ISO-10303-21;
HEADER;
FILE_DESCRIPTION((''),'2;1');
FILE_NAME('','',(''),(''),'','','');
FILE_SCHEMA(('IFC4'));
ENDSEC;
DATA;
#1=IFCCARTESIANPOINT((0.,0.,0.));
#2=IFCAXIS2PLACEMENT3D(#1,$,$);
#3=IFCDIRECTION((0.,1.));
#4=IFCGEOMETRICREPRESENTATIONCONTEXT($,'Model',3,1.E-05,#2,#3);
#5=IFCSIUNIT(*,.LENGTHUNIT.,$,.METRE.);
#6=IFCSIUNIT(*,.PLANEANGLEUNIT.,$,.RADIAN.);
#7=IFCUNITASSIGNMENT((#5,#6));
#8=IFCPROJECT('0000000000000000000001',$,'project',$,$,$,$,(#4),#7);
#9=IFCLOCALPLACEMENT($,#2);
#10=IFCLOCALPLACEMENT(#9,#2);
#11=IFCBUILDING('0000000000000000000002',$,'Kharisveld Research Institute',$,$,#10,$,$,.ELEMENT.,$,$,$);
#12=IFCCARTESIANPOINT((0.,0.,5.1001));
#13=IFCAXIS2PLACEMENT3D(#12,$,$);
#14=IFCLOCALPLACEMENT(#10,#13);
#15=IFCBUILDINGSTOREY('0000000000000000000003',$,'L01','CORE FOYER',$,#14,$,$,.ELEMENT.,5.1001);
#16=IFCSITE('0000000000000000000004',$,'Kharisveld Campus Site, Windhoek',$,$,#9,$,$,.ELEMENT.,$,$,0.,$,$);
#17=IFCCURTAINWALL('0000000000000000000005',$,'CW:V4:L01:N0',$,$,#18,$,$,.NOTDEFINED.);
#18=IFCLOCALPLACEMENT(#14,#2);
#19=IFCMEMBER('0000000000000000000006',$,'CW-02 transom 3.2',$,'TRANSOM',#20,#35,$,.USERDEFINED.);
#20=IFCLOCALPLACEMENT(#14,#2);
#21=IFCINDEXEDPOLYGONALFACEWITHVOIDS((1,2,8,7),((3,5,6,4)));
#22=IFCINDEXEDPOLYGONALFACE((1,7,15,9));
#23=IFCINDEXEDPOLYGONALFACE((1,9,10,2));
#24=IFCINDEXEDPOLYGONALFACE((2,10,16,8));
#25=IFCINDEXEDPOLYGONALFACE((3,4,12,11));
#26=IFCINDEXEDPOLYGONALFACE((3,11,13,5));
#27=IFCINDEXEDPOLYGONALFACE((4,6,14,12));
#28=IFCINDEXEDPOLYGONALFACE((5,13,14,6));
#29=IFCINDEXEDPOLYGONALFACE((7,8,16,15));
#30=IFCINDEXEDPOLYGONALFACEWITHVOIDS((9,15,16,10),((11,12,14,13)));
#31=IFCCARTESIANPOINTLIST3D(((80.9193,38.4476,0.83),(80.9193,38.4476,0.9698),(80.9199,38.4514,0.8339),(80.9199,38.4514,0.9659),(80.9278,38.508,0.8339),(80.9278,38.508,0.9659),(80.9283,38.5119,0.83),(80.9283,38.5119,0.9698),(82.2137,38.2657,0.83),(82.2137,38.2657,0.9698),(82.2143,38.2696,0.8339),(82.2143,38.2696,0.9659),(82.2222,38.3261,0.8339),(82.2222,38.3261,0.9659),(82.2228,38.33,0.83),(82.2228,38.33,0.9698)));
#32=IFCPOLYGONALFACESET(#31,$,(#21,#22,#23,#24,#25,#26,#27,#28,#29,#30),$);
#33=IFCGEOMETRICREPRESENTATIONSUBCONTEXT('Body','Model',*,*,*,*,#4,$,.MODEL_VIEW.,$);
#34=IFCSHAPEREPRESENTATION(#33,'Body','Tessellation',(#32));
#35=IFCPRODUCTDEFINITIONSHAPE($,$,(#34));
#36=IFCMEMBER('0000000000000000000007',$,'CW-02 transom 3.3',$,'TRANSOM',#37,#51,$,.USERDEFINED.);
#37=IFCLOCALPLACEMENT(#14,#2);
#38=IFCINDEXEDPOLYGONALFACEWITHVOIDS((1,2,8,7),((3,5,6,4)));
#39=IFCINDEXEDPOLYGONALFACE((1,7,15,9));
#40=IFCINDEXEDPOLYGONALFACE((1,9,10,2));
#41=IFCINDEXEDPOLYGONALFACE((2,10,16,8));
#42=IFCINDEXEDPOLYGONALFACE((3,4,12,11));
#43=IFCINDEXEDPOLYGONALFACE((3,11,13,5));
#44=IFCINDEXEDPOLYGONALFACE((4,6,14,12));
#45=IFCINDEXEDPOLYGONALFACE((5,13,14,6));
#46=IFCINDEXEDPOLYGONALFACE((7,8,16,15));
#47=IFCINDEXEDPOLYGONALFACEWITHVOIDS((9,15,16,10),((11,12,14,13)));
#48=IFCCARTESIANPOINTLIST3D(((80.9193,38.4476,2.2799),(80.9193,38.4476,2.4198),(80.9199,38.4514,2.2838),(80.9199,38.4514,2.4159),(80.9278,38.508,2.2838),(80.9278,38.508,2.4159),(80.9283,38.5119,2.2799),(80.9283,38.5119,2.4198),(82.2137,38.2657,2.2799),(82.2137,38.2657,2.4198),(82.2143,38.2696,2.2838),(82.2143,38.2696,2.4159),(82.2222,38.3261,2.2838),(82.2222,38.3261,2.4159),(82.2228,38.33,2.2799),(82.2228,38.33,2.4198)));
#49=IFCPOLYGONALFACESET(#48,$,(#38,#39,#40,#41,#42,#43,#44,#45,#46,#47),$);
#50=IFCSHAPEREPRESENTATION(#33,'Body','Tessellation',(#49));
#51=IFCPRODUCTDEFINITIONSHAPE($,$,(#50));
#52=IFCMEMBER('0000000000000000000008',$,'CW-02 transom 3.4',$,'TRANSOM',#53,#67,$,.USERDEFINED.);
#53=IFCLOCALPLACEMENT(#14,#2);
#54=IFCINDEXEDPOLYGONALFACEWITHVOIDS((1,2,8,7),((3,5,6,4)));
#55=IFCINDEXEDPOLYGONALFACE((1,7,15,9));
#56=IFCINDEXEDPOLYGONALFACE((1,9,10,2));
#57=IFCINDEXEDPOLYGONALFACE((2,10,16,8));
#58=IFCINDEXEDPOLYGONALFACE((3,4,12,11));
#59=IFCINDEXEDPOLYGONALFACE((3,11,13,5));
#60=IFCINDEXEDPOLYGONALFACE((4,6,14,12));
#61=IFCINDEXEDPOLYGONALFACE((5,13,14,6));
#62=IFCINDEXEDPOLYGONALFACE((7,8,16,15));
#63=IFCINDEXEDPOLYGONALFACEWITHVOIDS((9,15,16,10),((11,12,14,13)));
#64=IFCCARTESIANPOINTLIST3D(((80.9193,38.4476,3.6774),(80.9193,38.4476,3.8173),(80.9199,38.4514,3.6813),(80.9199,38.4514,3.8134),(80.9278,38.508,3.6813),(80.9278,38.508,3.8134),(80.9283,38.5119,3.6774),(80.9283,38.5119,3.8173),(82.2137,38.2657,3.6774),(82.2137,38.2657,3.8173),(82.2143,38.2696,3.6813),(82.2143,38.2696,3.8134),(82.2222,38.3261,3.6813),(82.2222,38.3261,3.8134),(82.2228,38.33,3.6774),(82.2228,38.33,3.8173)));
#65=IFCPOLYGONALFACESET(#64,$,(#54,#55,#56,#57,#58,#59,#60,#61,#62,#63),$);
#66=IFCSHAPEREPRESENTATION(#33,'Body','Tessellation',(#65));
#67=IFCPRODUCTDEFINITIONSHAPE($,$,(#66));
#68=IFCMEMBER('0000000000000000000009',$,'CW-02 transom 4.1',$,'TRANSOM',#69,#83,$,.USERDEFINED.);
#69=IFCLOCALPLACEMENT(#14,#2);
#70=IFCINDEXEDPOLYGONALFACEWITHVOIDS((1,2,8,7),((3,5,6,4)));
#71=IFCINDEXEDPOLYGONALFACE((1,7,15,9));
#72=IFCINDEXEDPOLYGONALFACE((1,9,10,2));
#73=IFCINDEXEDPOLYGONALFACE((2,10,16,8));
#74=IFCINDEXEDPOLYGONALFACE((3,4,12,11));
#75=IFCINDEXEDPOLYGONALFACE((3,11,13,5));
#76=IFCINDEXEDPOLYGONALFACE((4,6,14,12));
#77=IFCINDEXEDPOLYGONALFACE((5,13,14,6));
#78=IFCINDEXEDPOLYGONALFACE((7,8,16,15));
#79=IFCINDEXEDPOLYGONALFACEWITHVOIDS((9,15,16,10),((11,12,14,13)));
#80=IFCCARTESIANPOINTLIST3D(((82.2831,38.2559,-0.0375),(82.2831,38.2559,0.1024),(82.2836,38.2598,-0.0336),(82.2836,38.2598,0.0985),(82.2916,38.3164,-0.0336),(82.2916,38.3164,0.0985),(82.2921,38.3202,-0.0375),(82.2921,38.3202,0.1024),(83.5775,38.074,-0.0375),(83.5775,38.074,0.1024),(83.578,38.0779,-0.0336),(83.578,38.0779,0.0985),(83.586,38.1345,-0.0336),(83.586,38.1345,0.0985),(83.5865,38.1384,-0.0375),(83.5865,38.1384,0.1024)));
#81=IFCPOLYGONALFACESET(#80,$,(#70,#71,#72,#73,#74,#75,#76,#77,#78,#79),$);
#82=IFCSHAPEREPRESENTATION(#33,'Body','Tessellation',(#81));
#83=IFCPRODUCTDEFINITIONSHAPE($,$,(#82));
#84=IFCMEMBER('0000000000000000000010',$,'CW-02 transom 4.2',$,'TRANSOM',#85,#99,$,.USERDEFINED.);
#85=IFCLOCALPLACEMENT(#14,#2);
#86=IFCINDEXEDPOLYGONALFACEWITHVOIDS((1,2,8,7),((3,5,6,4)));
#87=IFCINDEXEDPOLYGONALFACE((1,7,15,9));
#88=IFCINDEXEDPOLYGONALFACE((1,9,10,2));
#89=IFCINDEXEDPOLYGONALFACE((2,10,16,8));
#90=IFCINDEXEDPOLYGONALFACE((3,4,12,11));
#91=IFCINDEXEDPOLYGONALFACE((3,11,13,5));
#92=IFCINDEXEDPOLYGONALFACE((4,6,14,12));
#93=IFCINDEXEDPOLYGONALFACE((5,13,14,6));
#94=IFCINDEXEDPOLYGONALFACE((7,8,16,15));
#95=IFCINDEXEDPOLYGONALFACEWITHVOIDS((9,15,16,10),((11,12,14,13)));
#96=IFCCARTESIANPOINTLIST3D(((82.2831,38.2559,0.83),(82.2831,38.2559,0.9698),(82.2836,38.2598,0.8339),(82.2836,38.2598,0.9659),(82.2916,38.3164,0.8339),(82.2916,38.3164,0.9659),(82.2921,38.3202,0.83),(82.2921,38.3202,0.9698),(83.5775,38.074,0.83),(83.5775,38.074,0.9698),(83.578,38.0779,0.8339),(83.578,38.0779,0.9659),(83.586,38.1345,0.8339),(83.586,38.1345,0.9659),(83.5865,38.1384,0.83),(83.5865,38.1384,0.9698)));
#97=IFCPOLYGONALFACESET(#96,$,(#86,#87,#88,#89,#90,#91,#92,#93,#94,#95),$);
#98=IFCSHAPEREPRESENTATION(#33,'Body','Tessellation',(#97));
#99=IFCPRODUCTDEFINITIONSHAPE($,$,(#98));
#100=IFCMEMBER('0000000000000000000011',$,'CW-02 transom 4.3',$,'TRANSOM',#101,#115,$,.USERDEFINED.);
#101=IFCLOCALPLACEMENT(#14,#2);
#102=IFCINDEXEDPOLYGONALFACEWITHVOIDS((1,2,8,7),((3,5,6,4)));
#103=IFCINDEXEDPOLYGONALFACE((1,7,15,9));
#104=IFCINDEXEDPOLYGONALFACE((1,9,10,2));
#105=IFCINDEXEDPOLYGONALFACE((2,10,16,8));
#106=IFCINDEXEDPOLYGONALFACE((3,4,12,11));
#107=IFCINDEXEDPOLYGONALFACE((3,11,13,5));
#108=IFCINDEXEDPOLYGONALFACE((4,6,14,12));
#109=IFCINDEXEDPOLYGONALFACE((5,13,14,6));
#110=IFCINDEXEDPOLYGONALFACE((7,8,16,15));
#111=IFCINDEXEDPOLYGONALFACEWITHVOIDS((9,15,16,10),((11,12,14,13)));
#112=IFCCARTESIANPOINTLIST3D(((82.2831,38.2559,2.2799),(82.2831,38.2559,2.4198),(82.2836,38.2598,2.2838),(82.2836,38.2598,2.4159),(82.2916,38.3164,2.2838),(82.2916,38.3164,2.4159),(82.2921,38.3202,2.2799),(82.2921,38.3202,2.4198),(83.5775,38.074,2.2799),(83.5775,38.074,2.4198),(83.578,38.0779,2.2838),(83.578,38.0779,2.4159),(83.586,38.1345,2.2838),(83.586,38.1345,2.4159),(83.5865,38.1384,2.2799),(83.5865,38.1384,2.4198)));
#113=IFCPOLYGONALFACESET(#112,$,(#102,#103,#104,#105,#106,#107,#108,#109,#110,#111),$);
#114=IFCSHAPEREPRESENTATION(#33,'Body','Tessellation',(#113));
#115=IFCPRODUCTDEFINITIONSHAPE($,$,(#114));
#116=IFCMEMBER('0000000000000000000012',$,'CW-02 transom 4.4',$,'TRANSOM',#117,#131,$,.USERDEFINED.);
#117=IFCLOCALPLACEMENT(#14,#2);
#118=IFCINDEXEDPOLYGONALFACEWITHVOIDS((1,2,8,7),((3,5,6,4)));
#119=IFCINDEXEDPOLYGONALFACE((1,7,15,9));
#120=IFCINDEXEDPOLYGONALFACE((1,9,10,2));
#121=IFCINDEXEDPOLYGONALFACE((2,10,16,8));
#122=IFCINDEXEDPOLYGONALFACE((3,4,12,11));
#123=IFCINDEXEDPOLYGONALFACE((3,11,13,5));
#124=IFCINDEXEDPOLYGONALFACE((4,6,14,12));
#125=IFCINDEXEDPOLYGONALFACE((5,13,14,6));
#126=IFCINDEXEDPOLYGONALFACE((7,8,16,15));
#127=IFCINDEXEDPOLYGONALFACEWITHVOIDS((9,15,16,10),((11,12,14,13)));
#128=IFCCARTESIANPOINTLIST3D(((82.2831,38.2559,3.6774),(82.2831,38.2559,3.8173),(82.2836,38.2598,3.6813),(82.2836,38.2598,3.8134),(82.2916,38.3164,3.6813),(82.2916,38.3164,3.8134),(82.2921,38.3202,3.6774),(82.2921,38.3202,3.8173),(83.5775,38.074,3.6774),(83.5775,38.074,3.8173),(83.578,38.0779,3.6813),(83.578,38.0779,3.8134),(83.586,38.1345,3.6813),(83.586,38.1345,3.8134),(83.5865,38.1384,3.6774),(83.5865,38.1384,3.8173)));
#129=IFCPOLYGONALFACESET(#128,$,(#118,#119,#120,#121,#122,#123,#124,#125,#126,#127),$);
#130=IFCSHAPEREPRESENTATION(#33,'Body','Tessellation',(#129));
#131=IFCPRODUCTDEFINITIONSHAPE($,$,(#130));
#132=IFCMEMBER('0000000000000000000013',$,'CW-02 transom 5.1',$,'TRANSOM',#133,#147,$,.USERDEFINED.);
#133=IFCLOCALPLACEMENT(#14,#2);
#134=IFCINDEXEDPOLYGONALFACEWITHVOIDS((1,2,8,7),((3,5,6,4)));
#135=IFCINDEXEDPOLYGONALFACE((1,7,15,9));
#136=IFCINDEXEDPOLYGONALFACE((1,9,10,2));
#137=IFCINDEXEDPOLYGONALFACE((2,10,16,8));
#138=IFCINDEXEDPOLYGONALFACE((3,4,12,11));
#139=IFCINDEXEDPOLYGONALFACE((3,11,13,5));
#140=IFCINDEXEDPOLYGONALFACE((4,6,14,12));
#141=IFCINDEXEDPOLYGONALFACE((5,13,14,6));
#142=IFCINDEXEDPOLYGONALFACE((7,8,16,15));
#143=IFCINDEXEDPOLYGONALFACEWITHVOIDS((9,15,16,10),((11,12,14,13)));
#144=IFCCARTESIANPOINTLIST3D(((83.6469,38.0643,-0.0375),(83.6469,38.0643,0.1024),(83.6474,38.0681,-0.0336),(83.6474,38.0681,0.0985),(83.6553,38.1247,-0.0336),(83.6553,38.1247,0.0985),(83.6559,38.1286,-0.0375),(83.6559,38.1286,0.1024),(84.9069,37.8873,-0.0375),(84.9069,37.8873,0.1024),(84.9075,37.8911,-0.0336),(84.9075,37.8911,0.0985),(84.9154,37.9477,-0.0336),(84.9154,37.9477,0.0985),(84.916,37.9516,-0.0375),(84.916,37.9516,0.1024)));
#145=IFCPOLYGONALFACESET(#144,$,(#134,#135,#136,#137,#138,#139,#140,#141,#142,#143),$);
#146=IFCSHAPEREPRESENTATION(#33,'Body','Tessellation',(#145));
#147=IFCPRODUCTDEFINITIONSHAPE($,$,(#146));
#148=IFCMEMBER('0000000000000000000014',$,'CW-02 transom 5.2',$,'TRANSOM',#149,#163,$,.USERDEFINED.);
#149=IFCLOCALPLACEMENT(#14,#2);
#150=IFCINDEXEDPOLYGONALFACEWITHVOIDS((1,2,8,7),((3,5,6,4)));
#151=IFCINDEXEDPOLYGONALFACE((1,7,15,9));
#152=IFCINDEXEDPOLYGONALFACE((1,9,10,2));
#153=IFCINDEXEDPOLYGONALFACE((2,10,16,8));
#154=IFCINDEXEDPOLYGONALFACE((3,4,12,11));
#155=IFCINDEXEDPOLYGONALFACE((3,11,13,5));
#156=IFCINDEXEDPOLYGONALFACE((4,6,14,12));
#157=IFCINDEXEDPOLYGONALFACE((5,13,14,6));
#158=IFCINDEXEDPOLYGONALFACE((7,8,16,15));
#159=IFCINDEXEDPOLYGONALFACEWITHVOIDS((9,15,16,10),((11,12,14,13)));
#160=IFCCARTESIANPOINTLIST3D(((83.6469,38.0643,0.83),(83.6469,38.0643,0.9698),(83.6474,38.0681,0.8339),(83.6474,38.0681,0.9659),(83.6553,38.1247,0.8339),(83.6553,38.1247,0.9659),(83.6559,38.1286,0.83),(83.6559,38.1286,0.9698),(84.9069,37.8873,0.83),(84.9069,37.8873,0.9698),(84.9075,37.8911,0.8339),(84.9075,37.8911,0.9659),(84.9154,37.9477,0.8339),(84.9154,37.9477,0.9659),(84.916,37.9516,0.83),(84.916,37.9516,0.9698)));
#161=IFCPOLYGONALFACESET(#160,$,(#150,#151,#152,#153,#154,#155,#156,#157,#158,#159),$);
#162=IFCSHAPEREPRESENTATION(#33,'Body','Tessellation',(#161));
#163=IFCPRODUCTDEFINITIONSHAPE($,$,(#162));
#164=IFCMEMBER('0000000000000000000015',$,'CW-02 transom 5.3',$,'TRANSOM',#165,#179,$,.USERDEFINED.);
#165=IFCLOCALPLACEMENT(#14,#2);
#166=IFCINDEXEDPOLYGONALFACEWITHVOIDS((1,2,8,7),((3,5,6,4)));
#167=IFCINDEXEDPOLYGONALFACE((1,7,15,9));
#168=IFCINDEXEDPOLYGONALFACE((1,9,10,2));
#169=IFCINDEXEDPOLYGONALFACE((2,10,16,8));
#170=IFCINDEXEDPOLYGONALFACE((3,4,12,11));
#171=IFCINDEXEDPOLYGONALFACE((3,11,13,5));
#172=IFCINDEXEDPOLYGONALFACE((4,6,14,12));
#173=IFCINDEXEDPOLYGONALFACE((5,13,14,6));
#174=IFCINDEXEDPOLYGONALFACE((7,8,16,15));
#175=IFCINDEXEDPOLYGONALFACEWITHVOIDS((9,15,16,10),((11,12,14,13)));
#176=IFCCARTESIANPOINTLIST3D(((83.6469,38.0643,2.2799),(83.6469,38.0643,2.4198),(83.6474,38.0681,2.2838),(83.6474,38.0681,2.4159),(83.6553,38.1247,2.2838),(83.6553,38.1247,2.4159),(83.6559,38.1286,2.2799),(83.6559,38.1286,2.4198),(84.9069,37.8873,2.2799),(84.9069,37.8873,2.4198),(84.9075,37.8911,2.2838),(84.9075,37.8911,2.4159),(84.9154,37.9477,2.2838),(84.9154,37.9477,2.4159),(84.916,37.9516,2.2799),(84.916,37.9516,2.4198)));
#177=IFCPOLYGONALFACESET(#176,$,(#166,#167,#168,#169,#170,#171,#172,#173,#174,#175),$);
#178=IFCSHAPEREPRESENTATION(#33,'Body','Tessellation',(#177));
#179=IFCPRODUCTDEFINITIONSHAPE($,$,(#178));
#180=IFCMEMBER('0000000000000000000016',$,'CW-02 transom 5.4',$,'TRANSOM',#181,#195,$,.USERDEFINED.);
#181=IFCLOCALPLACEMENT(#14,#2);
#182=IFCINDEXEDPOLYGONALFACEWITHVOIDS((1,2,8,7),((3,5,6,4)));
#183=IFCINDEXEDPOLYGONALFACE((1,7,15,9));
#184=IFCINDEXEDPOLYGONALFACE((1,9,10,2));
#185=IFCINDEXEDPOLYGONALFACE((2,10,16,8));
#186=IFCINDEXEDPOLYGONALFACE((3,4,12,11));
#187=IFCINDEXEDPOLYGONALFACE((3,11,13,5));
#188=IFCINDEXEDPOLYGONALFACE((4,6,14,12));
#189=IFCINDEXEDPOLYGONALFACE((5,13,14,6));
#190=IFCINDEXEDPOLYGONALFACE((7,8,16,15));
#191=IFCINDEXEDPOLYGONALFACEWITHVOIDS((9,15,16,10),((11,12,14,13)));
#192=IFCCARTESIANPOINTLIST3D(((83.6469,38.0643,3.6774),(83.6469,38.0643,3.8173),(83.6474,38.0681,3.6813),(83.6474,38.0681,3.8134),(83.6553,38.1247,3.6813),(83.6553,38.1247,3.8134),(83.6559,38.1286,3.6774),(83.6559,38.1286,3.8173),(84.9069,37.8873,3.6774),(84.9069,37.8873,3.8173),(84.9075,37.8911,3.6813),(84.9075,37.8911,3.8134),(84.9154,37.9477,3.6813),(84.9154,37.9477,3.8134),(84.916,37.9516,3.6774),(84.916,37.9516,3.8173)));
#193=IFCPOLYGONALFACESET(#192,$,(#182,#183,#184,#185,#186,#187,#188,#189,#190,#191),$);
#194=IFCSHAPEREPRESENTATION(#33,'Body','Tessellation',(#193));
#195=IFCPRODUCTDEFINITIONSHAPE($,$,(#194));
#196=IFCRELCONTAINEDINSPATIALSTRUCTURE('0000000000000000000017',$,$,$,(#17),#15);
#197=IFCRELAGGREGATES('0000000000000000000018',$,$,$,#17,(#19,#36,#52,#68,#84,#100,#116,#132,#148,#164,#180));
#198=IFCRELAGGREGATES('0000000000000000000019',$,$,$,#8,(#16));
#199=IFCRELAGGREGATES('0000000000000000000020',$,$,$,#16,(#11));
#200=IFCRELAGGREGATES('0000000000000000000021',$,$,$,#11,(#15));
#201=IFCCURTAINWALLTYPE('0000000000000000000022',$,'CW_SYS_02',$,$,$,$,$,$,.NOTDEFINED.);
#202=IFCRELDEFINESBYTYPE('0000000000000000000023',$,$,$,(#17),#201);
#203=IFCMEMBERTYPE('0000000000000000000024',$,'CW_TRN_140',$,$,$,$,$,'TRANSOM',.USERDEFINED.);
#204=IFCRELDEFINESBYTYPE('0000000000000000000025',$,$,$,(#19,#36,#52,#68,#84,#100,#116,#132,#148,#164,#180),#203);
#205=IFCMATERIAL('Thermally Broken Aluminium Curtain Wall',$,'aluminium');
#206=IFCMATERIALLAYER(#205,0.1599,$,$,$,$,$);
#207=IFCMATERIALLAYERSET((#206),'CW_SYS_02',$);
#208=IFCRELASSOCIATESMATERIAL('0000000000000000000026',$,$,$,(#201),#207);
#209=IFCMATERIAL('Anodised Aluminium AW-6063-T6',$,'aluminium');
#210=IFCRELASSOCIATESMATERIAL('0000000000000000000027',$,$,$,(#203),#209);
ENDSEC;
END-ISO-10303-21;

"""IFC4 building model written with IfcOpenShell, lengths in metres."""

from ifc_helpers import new_model, si_unit, direction, frame, origin, origin_2d, place, context, subcontext, project, spatial, hollow_rectangle, extrude, material, layer, layer_set, material_profile, profile_set, type_object, element, aggregate, save


model = new_model("IFC4")

# Units and contexts
model_context = context("Model", 3, precision=1e-05, world=origin(), true_north=direction((0.0, 1.0)))
body_context = subcontext(model_context, "Body", "Model", "MODEL_VIEW")
ifc_project = project(units=[si_unit("LENGTHUNIT", "METRE"), si_unit("PLANEANGLEUNIT", "RADIAN")], contexts=[model_context])

# Site, building, storey
site_placement = place(None, origin())
site = spatial("IfcSite", under=ifc_project, at=site_placement, Name="Kharisveld Campus Site, Windhoek", CompositionType="ELEMENT", RefElevation=0.0)
building_placement = place(site_placement, origin())
building = spatial("IfcBuilding", under=site, at=building_placement, Name="Kharisveld Research Institute", CompositionType="ELEMENT")
storey_placement = place(building_placement, frame((0.0, 0.0, 5.1001)))
storey = spatial("IfcBuildingStorey", under=building, at=storey_placement, Name="L01", Description="CORE FOYER", CompositionType="ELEMENT", Elevation=5.1001)

# Curtain wall
ifc_material_1 = material(Name="Thermally Broken Aluminium Curtain Wall", Category="aluminium")
ifc_layer_1 = layer(ifc_material_1, 0.1599)
ifc_layer_set_1 = layer_set([ifc_layer_1], Name="CW_SYS_02")
curtain_wall_type_1 = type_object("IfcCurtainWallType", Name="CW_SYS_02", PredefinedType="NOTDEFINED", material=ifc_layer_set_1)
curtain_wall_1_placement = place(storey_placement, origin())
curtain_wall_1 = element("IfcCurtainWall", 1, at=curtain_wall_1_placement, inside=storey, type_object=curtain_wall_type_1, Name="CW:V4:L01:N0", PredefinedType="NOTDEFINED")

# Members
ifc_material_2 = material(Name="Anodised Aluminium AW-6063-T6", Category="aluminium")
ifc_material_profile_1 = material_profile(ifc_material_2, hollow_rectangle(XDim=0.0649, YDim=0.1399, WallThickness=0.0039, at=origin_2d()))
ifc_profile_set_1 = profile_set([ifc_material_profile_1], Name="Anodised Aluminium AW-6063-T6")
member_type_1 = type_object("IfcMemberType", Name="CW_TRN_140", ElementType="TRANSOM", PredefinedType="USERDEFINED", material=ifc_profile_set_1)
member_1_placement = place(storey_placement, frame((80.9238, 38.4797, 0.8999), z_axis=(0.990272, -0.139146, 0.0), x_axis=(0.139146, 0.990272, 0.0)))
member_1 = element("IfcMember", 2, at=member_1_placement, type_object=member_type_1, Name="CW-02 transom 3.2", ObjectType="TRANSOM", PredefinedType="USERDEFINED", context=body_context, shape_type="SweptSolid", body=[
    extrude(hollow_rectangle(XDim=0.0649, YDim=0.1399, WallThickness=0.0039, at=origin_2d()), origin(), (0.0, 0.0, 1.0), 1.3071),
])
member_2_placement = place(storey_placement, frame((80.9238, 38.4797, 2.3499), z_axis=(0.990272, -0.139146, 0.0), x_axis=(0.139146, 0.990272, 0.0)))
member_2 = element("IfcMember", 3, at=member_2_placement, type_object=member_type_1, Name="CW-02 transom 3.3", ObjectType="TRANSOM", PredefinedType="USERDEFINED", context=body_context, shape_type="SweptSolid", body=[
    extrude(hollow_rectangle(XDim=0.0649, YDim=0.1399, WallThickness=0.0039, at=origin_2d()), origin(), (0.0, 0.0, 1.0), 1.3071),
])
member_3_placement = place(storey_placement, frame((80.9238, 38.4797, 3.7473), z_axis=(0.990272, -0.139146, 0.0), x_axis=(0.139146, 0.990272, 0.0)))
member_3 = element("IfcMember", 4, at=member_3_placement, type_object=member_type_1, Name="CW-02 transom 3.4", ObjectType="TRANSOM", PredefinedType="USERDEFINED", context=body_context, shape_type="SweptSolid", body=[
    extrude(hollow_rectangle(XDim=0.0649, YDim=0.1399, WallThickness=0.0039, at=origin_2d()), origin(), (0.0, 0.0, 1.0), 1.3071),
])
member_4_placement = place(storey_placement, frame((82.2876, 38.2881, 0.0325), z_axis=(0.990272, -0.139146, 0.0), x_axis=(0.139146, 0.990272, 0.0)))
member_4 = element("IfcMember", 5, at=member_4_placement, type_object=member_type_1, Name="CW-02 transom 4.1", ObjectType="TRANSOM", PredefinedType="USERDEFINED", context=body_context, shape_type="SweptSolid", body=[
    extrude(hollow_rectangle(XDim=0.0649, YDim=0.1399, WallThickness=0.0039, at=origin_2d()), origin(), (0.0, 0.0, 1.0), 1.3071),
])
member_5_placement = place(storey_placement, frame((82.2876, 38.2881, 0.8999), z_axis=(0.990272, -0.139146, 0.0), x_axis=(0.139146, 0.990272, 0.0)))
member_5 = element("IfcMember", 6, at=member_5_placement, type_object=member_type_1, Name="CW-02 transom 4.2", ObjectType="TRANSOM", PredefinedType="USERDEFINED", context=body_context, shape_type="SweptSolid", body=[
    extrude(hollow_rectangle(XDim=0.0649, YDim=0.1399, WallThickness=0.0039, at=origin_2d()), origin(), (0.0, 0.0, 1.0), 1.3071),
])
member_6_placement = place(storey_placement, frame((82.2876, 38.2881, 2.3499), z_axis=(0.990272, -0.139146, 0.0), x_axis=(0.139146, 0.990272, 0.0)))
member_6 = element("IfcMember", 7, at=member_6_placement, type_object=member_type_1, Name="CW-02 transom 4.3", ObjectType="TRANSOM", PredefinedType="USERDEFINED", context=body_context, shape_type="SweptSolid", body=[
    extrude(hollow_rectangle(XDim=0.0649, YDim=0.1399, WallThickness=0.0039, at=origin_2d()), origin(), (0.0, 0.0, 1.0), 1.3071),
])
member_7_placement = place(storey_placement, frame((82.2876, 38.2881, 3.7473), z_axis=(0.990272, -0.139146, 0.0), x_axis=(0.139146, 0.990272, 0.0)))
member_7 = element("IfcMember", 8, at=member_7_placement, type_object=member_type_1, Name="CW-02 transom 4.4", ObjectType="TRANSOM", PredefinedType="USERDEFINED", context=body_context, shape_type="SweptSolid", body=[
    extrude(hollow_rectangle(XDim=0.0649, YDim=0.1399, WallThickness=0.0039, at=origin_2d()), origin(), (0.0, 0.0, 1.0), 1.3071),
])
member_8_placement = place(storey_placement, frame((83.6514, 38.0964, 0.0325), z_axis=(0.990277, -0.139111, 0.0), x_axis=(0.139111, 0.990277, 0.0)))
member_8 = element("IfcMember", 9, at=member_8_placement, type_object=member_type_1, Name="CW-02 transom 5.1", ObjectType="TRANSOM", PredefinedType="USERDEFINED", context=body_context, shape_type="SweptSolid", body=[
    extrude(hollow_rectangle(XDim=0.0649, YDim=0.1399, WallThickness=0.0039, at=origin_2d()), origin(), (0.0, 0.0, 1.0), 1.2725),
])
member_9_placement = place(storey_placement, frame((83.6514, 38.0964, 0.8999), z_axis=(0.990277, -0.139111, 0.0), x_axis=(0.139111, 0.990277, 0.0)))
member_9 = element("IfcMember", 10, at=member_9_placement, type_object=member_type_1, Name="CW-02 transom 5.2", ObjectType="TRANSOM", PredefinedType="USERDEFINED", context=body_context, shape_type="SweptSolid", body=[
    extrude(hollow_rectangle(XDim=0.0649, YDim=0.1399, WallThickness=0.0039, at=origin_2d()), origin(), (0.0, 0.0, 1.0), 1.2725),
])
member_10_placement = place(storey_placement, frame((83.6514, 38.0964, 2.3499), z_axis=(0.990277, -0.139111, 0.0), x_axis=(0.139111, 0.990277, 0.0)))
member_10 = element("IfcMember", 11, at=member_10_placement, type_object=member_type_1, Name="CW-02 transom 5.3", ObjectType="TRANSOM", PredefinedType="USERDEFINED", context=body_context, shape_type="SweptSolid", body=[
    extrude(hollow_rectangle(XDim=0.0649, YDim=0.1399, WallThickness=0.0039, at=origin_2d()), origin(), (0.0, 0.0, 1.0), 1.2725),
])
member_11_placement = place(storey_placement, frame((83.6514, 38.0964, 3.7473), z_axis=(0.990277, -0.139111, 0.0), x_axis=(0.139111, 0.990277, 0.0)))
member_11 = element("IfcMember", 12, at=member_11_placement, type_object=member_type_1, Name="CW-02 transom 5.4", ObjectType="TRANSOM", PredefinedType="USERDEFINED", context=body_context, shape_type="SweptSolid", body=[
    extrude(hollow_rectangle(XDim=0.0649, YDim=0.1399, WallThickness=0.0039, at=origin_2d()), origin(), (0.0, 0.0, 1.0), 1.2725),
])

aggregate(curtain_wall_1, [member_1, member_2, member_3, member_4, member_5, member_6, member_7, member_8, member_9, member_10, member_11])

save(model, "model.ifc")
